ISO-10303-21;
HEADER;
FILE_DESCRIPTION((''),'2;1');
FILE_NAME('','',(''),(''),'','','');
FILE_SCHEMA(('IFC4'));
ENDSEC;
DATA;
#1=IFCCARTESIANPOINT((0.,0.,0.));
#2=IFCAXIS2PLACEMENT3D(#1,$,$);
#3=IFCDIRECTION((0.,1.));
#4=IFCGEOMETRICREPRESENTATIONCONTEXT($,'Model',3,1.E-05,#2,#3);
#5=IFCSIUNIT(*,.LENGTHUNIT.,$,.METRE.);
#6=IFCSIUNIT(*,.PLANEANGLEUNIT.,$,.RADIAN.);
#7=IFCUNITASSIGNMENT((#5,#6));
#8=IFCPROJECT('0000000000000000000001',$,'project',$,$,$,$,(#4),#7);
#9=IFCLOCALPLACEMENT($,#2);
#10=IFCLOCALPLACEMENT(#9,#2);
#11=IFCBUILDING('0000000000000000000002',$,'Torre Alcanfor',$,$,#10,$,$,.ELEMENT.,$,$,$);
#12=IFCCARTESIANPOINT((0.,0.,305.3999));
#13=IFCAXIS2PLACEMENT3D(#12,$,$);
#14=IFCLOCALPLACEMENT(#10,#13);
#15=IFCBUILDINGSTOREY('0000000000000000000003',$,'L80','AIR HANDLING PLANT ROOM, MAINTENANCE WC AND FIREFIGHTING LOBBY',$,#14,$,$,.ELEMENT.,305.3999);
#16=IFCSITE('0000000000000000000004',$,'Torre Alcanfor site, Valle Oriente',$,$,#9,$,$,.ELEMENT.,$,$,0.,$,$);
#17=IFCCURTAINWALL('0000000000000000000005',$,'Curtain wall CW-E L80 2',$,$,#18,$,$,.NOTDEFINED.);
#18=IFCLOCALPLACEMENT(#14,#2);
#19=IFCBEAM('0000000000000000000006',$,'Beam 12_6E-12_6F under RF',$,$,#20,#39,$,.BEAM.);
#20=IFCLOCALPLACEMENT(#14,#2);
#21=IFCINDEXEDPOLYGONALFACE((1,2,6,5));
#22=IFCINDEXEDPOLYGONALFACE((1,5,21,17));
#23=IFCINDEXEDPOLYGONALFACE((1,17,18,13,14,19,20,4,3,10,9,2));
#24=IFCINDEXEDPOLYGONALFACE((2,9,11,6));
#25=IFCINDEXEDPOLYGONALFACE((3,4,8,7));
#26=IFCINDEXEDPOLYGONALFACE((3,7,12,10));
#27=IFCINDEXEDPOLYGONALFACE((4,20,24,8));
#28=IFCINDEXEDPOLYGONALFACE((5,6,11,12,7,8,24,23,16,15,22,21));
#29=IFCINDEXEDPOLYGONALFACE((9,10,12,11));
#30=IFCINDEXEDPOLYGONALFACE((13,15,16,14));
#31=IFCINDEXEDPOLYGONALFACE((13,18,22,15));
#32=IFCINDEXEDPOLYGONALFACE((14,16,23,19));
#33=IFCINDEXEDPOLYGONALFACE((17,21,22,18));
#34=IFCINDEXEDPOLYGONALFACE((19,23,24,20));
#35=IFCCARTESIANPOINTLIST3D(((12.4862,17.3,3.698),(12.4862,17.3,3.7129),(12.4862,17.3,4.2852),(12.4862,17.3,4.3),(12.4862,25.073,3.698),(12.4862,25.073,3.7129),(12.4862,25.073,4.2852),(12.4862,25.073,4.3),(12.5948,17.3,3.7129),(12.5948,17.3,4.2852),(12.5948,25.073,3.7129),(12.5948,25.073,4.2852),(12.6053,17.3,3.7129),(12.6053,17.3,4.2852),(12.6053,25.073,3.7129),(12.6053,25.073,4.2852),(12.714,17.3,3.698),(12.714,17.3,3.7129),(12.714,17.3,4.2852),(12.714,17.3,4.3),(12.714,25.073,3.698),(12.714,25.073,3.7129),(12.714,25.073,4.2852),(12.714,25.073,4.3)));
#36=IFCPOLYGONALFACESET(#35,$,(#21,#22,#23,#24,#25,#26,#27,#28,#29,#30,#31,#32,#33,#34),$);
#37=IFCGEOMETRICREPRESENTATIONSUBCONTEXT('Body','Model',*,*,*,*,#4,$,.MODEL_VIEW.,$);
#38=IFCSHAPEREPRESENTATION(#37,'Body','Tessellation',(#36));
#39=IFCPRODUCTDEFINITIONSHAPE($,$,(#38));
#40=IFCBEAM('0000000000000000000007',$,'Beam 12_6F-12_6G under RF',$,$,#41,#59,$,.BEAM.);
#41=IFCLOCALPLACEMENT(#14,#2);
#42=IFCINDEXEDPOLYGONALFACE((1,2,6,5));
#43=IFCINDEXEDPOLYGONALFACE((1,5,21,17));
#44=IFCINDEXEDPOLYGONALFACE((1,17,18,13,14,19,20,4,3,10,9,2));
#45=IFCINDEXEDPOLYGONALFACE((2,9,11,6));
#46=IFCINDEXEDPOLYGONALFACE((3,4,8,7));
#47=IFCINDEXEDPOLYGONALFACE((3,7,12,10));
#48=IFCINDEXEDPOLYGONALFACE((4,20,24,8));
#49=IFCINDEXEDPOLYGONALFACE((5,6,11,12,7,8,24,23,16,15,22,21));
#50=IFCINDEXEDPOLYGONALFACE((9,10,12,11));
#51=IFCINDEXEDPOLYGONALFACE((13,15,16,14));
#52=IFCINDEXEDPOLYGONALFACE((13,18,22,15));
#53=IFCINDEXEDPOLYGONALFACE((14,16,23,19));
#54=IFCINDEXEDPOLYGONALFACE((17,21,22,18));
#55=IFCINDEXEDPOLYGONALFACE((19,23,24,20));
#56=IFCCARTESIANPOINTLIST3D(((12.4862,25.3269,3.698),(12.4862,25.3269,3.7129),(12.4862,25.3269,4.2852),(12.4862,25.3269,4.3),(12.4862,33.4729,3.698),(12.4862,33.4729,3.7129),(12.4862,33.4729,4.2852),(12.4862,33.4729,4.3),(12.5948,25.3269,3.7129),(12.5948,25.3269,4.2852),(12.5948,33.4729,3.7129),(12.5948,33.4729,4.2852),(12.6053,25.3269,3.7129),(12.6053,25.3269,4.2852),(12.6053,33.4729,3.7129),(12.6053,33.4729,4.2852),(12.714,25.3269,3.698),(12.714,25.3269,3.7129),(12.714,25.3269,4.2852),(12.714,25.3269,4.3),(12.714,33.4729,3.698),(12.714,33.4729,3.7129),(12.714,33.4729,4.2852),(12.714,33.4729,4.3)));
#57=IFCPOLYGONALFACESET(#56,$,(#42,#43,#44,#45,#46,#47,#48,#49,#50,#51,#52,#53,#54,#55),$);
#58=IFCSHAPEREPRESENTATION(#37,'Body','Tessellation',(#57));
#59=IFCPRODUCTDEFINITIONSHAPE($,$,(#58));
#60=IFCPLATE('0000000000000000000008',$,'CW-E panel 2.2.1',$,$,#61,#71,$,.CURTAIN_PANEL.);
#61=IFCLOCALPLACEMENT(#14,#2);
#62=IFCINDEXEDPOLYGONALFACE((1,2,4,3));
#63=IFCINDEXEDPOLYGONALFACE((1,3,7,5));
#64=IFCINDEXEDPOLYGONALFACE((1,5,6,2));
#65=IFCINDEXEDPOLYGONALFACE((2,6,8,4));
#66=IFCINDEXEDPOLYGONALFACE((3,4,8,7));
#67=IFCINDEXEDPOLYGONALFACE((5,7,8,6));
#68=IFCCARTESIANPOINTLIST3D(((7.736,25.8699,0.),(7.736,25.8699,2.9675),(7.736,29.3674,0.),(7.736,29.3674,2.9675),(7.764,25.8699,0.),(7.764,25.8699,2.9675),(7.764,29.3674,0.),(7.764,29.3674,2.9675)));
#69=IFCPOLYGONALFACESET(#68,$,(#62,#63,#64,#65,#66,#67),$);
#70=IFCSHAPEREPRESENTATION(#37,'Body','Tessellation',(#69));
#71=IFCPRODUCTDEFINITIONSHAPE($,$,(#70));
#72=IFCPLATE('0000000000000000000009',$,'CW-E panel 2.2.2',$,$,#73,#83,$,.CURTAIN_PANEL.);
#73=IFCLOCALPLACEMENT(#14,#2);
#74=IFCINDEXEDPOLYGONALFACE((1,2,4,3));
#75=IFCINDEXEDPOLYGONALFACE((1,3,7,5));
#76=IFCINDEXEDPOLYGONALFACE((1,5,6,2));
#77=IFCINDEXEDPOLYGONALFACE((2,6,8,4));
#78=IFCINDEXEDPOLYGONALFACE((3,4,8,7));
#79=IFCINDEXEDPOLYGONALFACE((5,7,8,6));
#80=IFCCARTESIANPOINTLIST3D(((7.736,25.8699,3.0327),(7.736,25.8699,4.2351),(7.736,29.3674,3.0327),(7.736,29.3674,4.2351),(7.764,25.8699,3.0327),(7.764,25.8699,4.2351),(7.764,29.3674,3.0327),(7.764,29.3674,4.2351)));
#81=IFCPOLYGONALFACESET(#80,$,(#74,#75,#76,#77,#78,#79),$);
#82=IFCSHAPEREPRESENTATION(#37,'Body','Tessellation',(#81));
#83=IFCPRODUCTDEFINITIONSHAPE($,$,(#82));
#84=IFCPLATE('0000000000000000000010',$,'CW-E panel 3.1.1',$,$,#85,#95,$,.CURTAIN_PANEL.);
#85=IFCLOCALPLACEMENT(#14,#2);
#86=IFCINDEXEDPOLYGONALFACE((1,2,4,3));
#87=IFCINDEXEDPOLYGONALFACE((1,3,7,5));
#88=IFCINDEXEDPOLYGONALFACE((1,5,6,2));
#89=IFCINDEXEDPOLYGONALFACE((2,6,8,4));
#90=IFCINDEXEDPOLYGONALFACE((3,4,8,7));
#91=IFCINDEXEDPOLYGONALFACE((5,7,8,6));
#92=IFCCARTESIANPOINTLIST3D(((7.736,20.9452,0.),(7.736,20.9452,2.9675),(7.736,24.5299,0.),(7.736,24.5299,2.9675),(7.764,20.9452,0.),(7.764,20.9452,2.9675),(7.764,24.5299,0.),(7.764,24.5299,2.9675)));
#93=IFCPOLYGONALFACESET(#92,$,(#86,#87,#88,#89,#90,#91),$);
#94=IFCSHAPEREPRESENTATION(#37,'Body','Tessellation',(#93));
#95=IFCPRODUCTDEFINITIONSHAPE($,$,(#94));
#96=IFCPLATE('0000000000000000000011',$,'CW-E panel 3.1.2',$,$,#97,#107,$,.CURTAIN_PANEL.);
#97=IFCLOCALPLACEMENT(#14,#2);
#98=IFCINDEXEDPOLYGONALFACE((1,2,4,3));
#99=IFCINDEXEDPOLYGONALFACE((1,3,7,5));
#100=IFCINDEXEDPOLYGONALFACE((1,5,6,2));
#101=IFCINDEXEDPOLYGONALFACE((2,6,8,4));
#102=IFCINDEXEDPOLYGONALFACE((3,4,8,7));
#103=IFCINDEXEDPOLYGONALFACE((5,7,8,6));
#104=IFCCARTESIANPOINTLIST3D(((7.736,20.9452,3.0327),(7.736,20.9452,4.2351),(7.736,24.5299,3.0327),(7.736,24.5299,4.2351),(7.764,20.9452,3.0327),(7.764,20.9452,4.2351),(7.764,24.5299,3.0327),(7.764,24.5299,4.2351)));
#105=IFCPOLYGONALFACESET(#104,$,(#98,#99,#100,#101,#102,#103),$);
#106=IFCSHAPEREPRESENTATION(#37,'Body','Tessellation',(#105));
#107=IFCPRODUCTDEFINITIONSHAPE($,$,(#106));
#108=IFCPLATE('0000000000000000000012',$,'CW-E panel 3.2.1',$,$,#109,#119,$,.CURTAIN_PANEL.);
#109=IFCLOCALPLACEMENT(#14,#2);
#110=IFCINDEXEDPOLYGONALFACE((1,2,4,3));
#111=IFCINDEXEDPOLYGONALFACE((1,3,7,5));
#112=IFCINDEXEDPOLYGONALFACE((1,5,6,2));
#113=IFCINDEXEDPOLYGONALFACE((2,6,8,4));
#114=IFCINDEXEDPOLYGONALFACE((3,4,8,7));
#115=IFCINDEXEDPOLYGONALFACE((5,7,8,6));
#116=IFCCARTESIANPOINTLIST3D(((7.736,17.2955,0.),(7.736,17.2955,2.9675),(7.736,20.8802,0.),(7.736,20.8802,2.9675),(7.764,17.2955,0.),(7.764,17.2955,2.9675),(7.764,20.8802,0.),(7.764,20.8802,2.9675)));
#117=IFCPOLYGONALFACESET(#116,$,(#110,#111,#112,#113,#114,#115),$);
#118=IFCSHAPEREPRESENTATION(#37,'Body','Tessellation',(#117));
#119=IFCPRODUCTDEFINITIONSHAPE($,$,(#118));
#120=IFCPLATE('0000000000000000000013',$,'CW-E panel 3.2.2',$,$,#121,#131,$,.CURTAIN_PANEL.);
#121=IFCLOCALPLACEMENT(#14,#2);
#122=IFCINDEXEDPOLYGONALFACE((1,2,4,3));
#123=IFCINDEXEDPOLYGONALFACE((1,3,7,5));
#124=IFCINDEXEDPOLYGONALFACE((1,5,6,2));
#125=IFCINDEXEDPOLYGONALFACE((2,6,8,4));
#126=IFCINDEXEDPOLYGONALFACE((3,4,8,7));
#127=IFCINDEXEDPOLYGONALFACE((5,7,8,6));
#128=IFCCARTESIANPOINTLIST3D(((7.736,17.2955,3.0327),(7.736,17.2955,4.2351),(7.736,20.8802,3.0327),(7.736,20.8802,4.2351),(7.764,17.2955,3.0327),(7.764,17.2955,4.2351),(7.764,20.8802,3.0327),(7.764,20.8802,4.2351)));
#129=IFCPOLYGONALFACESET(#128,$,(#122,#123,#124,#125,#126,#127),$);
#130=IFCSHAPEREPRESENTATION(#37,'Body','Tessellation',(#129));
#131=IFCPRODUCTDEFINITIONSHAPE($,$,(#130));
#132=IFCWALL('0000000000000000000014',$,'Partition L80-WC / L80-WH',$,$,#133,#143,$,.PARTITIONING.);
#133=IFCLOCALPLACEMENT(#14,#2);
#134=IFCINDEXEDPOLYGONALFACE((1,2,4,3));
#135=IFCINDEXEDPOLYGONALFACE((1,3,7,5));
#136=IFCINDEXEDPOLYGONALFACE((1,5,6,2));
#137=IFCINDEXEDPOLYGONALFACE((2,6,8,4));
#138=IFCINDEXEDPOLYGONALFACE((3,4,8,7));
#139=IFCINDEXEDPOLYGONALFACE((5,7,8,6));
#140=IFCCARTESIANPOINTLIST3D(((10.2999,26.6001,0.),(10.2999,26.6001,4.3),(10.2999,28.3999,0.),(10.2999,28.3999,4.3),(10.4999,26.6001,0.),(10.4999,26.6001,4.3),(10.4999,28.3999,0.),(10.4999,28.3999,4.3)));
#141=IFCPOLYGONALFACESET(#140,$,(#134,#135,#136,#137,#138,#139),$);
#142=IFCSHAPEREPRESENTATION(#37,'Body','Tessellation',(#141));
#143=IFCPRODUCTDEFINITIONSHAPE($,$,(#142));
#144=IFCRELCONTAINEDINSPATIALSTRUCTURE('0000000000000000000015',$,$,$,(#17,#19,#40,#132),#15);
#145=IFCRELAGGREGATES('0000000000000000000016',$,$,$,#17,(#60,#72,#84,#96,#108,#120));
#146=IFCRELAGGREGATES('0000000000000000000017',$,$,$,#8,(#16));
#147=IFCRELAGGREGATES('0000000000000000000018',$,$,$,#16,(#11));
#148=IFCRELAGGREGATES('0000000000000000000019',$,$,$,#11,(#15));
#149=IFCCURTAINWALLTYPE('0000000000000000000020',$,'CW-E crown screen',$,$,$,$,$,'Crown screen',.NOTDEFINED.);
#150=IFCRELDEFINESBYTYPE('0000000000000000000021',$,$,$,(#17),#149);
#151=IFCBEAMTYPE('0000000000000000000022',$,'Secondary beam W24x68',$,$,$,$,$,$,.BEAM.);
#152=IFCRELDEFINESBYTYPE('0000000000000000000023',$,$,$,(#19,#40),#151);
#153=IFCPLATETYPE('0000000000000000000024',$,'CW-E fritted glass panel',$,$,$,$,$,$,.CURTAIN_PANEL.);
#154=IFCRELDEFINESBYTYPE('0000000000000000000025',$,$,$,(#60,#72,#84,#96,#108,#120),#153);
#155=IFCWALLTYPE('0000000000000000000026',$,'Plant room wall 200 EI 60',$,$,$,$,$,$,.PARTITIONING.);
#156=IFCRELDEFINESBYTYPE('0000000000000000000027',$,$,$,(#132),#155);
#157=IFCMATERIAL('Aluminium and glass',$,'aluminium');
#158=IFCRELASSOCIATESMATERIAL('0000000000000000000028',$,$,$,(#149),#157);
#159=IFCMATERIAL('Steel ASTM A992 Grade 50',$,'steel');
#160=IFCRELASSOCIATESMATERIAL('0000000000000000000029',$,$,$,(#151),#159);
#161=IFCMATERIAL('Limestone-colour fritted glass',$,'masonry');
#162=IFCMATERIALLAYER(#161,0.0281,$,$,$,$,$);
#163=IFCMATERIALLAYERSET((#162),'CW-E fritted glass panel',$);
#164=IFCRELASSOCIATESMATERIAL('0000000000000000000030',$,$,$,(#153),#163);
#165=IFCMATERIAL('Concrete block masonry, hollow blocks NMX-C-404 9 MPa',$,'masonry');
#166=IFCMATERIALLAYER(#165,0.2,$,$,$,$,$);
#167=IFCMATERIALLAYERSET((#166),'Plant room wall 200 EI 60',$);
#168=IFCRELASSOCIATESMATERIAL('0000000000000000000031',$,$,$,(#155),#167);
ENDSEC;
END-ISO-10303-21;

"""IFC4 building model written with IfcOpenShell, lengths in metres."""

from ifc_helpers import new_model, si_unit, direction, frame, frame_2d, origin, origin_2d, place, context, subcontext, project, spatial, rectangle, i_section, extrude, material, layer, layer_set, material_profile, profile_set, type_object, element, aggregate, save


model = new_model("IFC4")

# Units and contexts
model_context = context("Model", 3, precision=1e-05, world=origin(), true_north=direction((0.0, 1.0)))
body_context = subcontext(model_context, "Body", "Model", "MODEL_VIEW")
ifc_project = project(units=[si_unit("LENGTHUNIT", "METRE"), si_unit("PLANEANGLEUNIT", "RADIAN")], contexts=[model_context])

# Site, building, storey
site_placement = place(None, origin())
site = spatial("IfcSite", under=ifc_project, at=site_placement, Name="Torre Alcanfor site, Valle Oriente", CompositionType="ELEMENT", RefElevation=0.0)
building_placement = place(site_placement, origin())
building = spatial("IfcBuilding", under=site, at=building_placement, Name="Torre Alcanfor", CompositionType="ELEMENT")
storey_placement = place(building_placement, frame((0.0, 0.0, 305.3999)))
storey = spatial("IfcBuildingStorey", under=building, at=storey_placement, Name="L80", Description="AIR HANDLING PLANT ROOM, MAINTENANCE WC AND FIREFIGHTING LOBBY", CompositionType="ELEMENT", Elevation=305.3999)

# Curtain wall
ifc_material_1 = material(Name="Aluminium and glass", Category="aluminium")
curtain_wall_type = type_object("IfcCurtainWallType", Name="CW-E crown screen", ElementType="Crown screen", PredefinedType="NOTDEFINED", material=ifc_material_1)
curtain_wall_placement = place(storey_placement, origin())
curtain_wall = element("IfcCurtainWall", 1, at=curtain_wall_placement, inside=storey, type_object=curtain_wall_type, Name="Curtain wall CW-E L80 2", PredefinedType="NOTDEFINED")

# Beams
ifc_material_2 = material(Name="Steel ASTM A992 Grade 50", Category="steel")
ifc_material_profile_1 = material_profile(ifc_material_2, i_section(OverallWidth=0.2278, OverallDepth=0.6021, WebThickness=0.0105, FlangeThickness=0.0149, at=origin_2d()), Name="W24x68")
ifc_profile_set_1 = profile_set([ifc_material_profile_1], Name="Steel ASTM A992 Grade 50")
beam_type_1 = type_object("IfcBeamType", Name="Secondary beam W24x68", PredefinedType="BEAM", material=ifc_profile_set_1)
beam_1_placement = place(storey_placement, frame((12.6001, 17.3, 3.999), z_axis=(0.0, 1.0, 0.0), x_axis=(-1.0, 0.0, 0.0)))
element("IfcBeam", 2, at=beam_1_placement, inside=storey, type_object=beam_type_1, Name="Beam 12_6E-12_6F under RF", PredefinedType="BEAM", context=body_context, shape_type="SweptSolid", body=[
    extrude(i_section(OverallWidth=0.2278, OverallDepth=0.6021, WebThickness=0.0105, FlangeThickness=0.0149, at=origin_2d()), origin(), (0.0, 0.0, 1.0), 7.7729),
])
beam_2_placement = place(storey_placement, frame((12.6001, 25.3269, 3.999), z_axis=(0.0, 1.0, 0.0), x_axis=(-1.0, 0.0, 0.0)))
element("IfcBeam", 3, at=beam_2_placement, inside=storey, type_object=beam_type_1, Name="Beam 12_6F-12_6G under RF", PredefinedType="BEAM", context=body_context, shape_type="SweptSolid", body=[
    extrude(i_section(OverallWidth=0.2278, OverallDepth=0.6021, WebThickness=0.0105, FlangeThickness=0.0149, at=origin_2d()), origin(), (0.0, 0.0, 1.0), 8.146),
])

# Plates
ifc_material_3 = material(Name="Limestone-colour fritted glass", Category="masonry")
ifc_layer_1 = layer(ifc_material_3, 0.0281)
ifc_layer_set_1 = layer_set([ifc_layer_1], Name="CW-E fritted glass panel")
plate_type = type_object("IfcPlateType", Name="CW-E fritted glass panel", PredefinedType="CURTAIN_PANEL", material=ifc_layer_set_1)
plate_1_placement = place(storey_placement, frame((7.75, 27.6187, 0.0), z_axis=(0.0, 0.0, 1.0), x_axis=(0.0, -1.0, 0.0)))
plate_1 = element("IfcPlate", 4, at=plate_1_placement, type_object=plate_type, Name="CW-E panel 2.2.1", PredefinedType="CURTAIN_PANEL", context=body_context, shape_type="SweptSolid", body=[
    extrude(rectangle(XDim=3.4976, YDim=0.0281, at=origin_2d()), origin(), (0.0, 0.0, 1.0), 2.9675),
])
plate_2_placement = place(storey_placement, frame((7.75, 27.6187, 3.0327), z_axis=(0.0, 0.0, 1.0), x_axis=(0.0, -1.0, 0.0)))
plate_2 = element("IfcPlate", 5, at=plate_2_placement, type_object=plate_type, Name="CW-E panel 2.2.2", PredefinedType="CURTAIN_PANEL", context=body_context, shape_type="SweptSolid", body=[
    extrude(rectangle(XDim=3.4976, YDim=0.0281, at=origin_2d()), origin(), (0.0, 0.0, 1.0), 1.2024),
])
plate_3_placement = place(storey_placement, frame((7.75, 22.7375, 0.0), z_axis=(0.0, 0.0, 1.0), x_axis=(0.0, -1.0, 0.0)))
plate_3 = element("IfcPlate", 6, at=plate_3_placement, type_object=plate_type, Name="CW-E panel 3.1.1", PredefinedType="CURTAIN_PANEL", context=body_context, shape_type="SweptSolid", body=[
    extrude(rectangle(XDim=3.5847, YDim=0.0281, at=origin_2d()), origin(), (0.0, 0.0, 1.0), 2.9675),
])
plate_4_placement = place(storey_placement, frame((7.75, 22.7375, 3.0327), z_axis=(0.0, 0.0, 1.0), x_axis=(0.0, -1.0, 0.0)))
plate_4 = element("IfcPlate", 7, at=plate_4_placement, type_object=plate_type, Name="CW-E panel 3.1.2", PredefinedType="CURTAIN_PANEL", context=body_context, shape_type="SweptSolid", body=[
    extrude(rectangle(XDim=3.5847, YDim=0.0281, at=origin_2d()), origin(), (0.0, 0.0, 1.0), 1.2024),
])
plate_5_placement = place(storey_placement, frame((7.75, 19.0879, 0.0), z_axis=(0.0, 0.0, 1.0), x_axis=(0.0, -1.0, 0.0)))
plate_5 = element("IfcPlate", 8, at=plate_5_placement, type_object=plate_type, Name="CW-E panel 3.2.1", PredefinedType="CURTAIN_PANEL", context=body_context, shape_type="SweptSolid", body=[
    extrude(rectangle(XDim=3.5847, YDim=0.0281, at=origin_2d()), origin(), (0.0, 0.0, 1.0), 2.9675),
])
plate_6_placement = place(storey_placement, frame((7.75, 19.0879, 3.0327), z_axis=(0.0, 0.0, 1.0), x_axis=(0.0, -1.0, 0.0)))
plate_6 = element("IfcPlate", 9, at=plate_6_placement, type_object=plate_type, Name="CW-E panel 3.2.2", PredefinedType="CURTAIN_PANEL", context=body_context, shape_type="SweptSolid", body=[
    extrude(rectangle(XDim=3.5847, YDim=0.0281, at=origin_2d()), origin(), (0.0, 0.0, 1.0), 1.2024),
])
aggregate(curtain_wall, [plate_1, plate_2, plate_3, plate_4, plate_5, plate_6])

# Wall
ifc_material_4 = material(Name="Concrete block masonry, hollow blocks NMX-C-404 9 MPa", Category="masonry")
ifc_layer_2 = layer(ifc_material_4, 0.2)
ifc_layer_set_2 = layer_set([ifc_layer_2], Name="Plant room wall 200 EI 60")
wall_type_1 = type_object("IfcWallType", Name="Plant room wall 200 EI 60", PredefinedType="PARTITIONING", material=ifc_layer_set_2)
wall_1_placement = place(storey_placement, frame((10.3999, 26.6001, 0.0), z_axis=(0.0, 0.0, 1.0), x_axis=(0.0, 1.0, 0.0)))
element("IfcWall", 10, at=wall_1_placement, inside=storey, type_object=wall_type_1, Name="Partition L80-WC / L80-WH", PredefinedType="PARTITIONING", context=body_context, shape_type="SweptSolid", body=[
    extrude(rectangle(XDim=1.7998, YDim=0.2, at=frame_2d((0.8999, 0.0))), origin(), (0.0, 0.0, 1.0), 4.3),
])

save(model, "model.ifc")
